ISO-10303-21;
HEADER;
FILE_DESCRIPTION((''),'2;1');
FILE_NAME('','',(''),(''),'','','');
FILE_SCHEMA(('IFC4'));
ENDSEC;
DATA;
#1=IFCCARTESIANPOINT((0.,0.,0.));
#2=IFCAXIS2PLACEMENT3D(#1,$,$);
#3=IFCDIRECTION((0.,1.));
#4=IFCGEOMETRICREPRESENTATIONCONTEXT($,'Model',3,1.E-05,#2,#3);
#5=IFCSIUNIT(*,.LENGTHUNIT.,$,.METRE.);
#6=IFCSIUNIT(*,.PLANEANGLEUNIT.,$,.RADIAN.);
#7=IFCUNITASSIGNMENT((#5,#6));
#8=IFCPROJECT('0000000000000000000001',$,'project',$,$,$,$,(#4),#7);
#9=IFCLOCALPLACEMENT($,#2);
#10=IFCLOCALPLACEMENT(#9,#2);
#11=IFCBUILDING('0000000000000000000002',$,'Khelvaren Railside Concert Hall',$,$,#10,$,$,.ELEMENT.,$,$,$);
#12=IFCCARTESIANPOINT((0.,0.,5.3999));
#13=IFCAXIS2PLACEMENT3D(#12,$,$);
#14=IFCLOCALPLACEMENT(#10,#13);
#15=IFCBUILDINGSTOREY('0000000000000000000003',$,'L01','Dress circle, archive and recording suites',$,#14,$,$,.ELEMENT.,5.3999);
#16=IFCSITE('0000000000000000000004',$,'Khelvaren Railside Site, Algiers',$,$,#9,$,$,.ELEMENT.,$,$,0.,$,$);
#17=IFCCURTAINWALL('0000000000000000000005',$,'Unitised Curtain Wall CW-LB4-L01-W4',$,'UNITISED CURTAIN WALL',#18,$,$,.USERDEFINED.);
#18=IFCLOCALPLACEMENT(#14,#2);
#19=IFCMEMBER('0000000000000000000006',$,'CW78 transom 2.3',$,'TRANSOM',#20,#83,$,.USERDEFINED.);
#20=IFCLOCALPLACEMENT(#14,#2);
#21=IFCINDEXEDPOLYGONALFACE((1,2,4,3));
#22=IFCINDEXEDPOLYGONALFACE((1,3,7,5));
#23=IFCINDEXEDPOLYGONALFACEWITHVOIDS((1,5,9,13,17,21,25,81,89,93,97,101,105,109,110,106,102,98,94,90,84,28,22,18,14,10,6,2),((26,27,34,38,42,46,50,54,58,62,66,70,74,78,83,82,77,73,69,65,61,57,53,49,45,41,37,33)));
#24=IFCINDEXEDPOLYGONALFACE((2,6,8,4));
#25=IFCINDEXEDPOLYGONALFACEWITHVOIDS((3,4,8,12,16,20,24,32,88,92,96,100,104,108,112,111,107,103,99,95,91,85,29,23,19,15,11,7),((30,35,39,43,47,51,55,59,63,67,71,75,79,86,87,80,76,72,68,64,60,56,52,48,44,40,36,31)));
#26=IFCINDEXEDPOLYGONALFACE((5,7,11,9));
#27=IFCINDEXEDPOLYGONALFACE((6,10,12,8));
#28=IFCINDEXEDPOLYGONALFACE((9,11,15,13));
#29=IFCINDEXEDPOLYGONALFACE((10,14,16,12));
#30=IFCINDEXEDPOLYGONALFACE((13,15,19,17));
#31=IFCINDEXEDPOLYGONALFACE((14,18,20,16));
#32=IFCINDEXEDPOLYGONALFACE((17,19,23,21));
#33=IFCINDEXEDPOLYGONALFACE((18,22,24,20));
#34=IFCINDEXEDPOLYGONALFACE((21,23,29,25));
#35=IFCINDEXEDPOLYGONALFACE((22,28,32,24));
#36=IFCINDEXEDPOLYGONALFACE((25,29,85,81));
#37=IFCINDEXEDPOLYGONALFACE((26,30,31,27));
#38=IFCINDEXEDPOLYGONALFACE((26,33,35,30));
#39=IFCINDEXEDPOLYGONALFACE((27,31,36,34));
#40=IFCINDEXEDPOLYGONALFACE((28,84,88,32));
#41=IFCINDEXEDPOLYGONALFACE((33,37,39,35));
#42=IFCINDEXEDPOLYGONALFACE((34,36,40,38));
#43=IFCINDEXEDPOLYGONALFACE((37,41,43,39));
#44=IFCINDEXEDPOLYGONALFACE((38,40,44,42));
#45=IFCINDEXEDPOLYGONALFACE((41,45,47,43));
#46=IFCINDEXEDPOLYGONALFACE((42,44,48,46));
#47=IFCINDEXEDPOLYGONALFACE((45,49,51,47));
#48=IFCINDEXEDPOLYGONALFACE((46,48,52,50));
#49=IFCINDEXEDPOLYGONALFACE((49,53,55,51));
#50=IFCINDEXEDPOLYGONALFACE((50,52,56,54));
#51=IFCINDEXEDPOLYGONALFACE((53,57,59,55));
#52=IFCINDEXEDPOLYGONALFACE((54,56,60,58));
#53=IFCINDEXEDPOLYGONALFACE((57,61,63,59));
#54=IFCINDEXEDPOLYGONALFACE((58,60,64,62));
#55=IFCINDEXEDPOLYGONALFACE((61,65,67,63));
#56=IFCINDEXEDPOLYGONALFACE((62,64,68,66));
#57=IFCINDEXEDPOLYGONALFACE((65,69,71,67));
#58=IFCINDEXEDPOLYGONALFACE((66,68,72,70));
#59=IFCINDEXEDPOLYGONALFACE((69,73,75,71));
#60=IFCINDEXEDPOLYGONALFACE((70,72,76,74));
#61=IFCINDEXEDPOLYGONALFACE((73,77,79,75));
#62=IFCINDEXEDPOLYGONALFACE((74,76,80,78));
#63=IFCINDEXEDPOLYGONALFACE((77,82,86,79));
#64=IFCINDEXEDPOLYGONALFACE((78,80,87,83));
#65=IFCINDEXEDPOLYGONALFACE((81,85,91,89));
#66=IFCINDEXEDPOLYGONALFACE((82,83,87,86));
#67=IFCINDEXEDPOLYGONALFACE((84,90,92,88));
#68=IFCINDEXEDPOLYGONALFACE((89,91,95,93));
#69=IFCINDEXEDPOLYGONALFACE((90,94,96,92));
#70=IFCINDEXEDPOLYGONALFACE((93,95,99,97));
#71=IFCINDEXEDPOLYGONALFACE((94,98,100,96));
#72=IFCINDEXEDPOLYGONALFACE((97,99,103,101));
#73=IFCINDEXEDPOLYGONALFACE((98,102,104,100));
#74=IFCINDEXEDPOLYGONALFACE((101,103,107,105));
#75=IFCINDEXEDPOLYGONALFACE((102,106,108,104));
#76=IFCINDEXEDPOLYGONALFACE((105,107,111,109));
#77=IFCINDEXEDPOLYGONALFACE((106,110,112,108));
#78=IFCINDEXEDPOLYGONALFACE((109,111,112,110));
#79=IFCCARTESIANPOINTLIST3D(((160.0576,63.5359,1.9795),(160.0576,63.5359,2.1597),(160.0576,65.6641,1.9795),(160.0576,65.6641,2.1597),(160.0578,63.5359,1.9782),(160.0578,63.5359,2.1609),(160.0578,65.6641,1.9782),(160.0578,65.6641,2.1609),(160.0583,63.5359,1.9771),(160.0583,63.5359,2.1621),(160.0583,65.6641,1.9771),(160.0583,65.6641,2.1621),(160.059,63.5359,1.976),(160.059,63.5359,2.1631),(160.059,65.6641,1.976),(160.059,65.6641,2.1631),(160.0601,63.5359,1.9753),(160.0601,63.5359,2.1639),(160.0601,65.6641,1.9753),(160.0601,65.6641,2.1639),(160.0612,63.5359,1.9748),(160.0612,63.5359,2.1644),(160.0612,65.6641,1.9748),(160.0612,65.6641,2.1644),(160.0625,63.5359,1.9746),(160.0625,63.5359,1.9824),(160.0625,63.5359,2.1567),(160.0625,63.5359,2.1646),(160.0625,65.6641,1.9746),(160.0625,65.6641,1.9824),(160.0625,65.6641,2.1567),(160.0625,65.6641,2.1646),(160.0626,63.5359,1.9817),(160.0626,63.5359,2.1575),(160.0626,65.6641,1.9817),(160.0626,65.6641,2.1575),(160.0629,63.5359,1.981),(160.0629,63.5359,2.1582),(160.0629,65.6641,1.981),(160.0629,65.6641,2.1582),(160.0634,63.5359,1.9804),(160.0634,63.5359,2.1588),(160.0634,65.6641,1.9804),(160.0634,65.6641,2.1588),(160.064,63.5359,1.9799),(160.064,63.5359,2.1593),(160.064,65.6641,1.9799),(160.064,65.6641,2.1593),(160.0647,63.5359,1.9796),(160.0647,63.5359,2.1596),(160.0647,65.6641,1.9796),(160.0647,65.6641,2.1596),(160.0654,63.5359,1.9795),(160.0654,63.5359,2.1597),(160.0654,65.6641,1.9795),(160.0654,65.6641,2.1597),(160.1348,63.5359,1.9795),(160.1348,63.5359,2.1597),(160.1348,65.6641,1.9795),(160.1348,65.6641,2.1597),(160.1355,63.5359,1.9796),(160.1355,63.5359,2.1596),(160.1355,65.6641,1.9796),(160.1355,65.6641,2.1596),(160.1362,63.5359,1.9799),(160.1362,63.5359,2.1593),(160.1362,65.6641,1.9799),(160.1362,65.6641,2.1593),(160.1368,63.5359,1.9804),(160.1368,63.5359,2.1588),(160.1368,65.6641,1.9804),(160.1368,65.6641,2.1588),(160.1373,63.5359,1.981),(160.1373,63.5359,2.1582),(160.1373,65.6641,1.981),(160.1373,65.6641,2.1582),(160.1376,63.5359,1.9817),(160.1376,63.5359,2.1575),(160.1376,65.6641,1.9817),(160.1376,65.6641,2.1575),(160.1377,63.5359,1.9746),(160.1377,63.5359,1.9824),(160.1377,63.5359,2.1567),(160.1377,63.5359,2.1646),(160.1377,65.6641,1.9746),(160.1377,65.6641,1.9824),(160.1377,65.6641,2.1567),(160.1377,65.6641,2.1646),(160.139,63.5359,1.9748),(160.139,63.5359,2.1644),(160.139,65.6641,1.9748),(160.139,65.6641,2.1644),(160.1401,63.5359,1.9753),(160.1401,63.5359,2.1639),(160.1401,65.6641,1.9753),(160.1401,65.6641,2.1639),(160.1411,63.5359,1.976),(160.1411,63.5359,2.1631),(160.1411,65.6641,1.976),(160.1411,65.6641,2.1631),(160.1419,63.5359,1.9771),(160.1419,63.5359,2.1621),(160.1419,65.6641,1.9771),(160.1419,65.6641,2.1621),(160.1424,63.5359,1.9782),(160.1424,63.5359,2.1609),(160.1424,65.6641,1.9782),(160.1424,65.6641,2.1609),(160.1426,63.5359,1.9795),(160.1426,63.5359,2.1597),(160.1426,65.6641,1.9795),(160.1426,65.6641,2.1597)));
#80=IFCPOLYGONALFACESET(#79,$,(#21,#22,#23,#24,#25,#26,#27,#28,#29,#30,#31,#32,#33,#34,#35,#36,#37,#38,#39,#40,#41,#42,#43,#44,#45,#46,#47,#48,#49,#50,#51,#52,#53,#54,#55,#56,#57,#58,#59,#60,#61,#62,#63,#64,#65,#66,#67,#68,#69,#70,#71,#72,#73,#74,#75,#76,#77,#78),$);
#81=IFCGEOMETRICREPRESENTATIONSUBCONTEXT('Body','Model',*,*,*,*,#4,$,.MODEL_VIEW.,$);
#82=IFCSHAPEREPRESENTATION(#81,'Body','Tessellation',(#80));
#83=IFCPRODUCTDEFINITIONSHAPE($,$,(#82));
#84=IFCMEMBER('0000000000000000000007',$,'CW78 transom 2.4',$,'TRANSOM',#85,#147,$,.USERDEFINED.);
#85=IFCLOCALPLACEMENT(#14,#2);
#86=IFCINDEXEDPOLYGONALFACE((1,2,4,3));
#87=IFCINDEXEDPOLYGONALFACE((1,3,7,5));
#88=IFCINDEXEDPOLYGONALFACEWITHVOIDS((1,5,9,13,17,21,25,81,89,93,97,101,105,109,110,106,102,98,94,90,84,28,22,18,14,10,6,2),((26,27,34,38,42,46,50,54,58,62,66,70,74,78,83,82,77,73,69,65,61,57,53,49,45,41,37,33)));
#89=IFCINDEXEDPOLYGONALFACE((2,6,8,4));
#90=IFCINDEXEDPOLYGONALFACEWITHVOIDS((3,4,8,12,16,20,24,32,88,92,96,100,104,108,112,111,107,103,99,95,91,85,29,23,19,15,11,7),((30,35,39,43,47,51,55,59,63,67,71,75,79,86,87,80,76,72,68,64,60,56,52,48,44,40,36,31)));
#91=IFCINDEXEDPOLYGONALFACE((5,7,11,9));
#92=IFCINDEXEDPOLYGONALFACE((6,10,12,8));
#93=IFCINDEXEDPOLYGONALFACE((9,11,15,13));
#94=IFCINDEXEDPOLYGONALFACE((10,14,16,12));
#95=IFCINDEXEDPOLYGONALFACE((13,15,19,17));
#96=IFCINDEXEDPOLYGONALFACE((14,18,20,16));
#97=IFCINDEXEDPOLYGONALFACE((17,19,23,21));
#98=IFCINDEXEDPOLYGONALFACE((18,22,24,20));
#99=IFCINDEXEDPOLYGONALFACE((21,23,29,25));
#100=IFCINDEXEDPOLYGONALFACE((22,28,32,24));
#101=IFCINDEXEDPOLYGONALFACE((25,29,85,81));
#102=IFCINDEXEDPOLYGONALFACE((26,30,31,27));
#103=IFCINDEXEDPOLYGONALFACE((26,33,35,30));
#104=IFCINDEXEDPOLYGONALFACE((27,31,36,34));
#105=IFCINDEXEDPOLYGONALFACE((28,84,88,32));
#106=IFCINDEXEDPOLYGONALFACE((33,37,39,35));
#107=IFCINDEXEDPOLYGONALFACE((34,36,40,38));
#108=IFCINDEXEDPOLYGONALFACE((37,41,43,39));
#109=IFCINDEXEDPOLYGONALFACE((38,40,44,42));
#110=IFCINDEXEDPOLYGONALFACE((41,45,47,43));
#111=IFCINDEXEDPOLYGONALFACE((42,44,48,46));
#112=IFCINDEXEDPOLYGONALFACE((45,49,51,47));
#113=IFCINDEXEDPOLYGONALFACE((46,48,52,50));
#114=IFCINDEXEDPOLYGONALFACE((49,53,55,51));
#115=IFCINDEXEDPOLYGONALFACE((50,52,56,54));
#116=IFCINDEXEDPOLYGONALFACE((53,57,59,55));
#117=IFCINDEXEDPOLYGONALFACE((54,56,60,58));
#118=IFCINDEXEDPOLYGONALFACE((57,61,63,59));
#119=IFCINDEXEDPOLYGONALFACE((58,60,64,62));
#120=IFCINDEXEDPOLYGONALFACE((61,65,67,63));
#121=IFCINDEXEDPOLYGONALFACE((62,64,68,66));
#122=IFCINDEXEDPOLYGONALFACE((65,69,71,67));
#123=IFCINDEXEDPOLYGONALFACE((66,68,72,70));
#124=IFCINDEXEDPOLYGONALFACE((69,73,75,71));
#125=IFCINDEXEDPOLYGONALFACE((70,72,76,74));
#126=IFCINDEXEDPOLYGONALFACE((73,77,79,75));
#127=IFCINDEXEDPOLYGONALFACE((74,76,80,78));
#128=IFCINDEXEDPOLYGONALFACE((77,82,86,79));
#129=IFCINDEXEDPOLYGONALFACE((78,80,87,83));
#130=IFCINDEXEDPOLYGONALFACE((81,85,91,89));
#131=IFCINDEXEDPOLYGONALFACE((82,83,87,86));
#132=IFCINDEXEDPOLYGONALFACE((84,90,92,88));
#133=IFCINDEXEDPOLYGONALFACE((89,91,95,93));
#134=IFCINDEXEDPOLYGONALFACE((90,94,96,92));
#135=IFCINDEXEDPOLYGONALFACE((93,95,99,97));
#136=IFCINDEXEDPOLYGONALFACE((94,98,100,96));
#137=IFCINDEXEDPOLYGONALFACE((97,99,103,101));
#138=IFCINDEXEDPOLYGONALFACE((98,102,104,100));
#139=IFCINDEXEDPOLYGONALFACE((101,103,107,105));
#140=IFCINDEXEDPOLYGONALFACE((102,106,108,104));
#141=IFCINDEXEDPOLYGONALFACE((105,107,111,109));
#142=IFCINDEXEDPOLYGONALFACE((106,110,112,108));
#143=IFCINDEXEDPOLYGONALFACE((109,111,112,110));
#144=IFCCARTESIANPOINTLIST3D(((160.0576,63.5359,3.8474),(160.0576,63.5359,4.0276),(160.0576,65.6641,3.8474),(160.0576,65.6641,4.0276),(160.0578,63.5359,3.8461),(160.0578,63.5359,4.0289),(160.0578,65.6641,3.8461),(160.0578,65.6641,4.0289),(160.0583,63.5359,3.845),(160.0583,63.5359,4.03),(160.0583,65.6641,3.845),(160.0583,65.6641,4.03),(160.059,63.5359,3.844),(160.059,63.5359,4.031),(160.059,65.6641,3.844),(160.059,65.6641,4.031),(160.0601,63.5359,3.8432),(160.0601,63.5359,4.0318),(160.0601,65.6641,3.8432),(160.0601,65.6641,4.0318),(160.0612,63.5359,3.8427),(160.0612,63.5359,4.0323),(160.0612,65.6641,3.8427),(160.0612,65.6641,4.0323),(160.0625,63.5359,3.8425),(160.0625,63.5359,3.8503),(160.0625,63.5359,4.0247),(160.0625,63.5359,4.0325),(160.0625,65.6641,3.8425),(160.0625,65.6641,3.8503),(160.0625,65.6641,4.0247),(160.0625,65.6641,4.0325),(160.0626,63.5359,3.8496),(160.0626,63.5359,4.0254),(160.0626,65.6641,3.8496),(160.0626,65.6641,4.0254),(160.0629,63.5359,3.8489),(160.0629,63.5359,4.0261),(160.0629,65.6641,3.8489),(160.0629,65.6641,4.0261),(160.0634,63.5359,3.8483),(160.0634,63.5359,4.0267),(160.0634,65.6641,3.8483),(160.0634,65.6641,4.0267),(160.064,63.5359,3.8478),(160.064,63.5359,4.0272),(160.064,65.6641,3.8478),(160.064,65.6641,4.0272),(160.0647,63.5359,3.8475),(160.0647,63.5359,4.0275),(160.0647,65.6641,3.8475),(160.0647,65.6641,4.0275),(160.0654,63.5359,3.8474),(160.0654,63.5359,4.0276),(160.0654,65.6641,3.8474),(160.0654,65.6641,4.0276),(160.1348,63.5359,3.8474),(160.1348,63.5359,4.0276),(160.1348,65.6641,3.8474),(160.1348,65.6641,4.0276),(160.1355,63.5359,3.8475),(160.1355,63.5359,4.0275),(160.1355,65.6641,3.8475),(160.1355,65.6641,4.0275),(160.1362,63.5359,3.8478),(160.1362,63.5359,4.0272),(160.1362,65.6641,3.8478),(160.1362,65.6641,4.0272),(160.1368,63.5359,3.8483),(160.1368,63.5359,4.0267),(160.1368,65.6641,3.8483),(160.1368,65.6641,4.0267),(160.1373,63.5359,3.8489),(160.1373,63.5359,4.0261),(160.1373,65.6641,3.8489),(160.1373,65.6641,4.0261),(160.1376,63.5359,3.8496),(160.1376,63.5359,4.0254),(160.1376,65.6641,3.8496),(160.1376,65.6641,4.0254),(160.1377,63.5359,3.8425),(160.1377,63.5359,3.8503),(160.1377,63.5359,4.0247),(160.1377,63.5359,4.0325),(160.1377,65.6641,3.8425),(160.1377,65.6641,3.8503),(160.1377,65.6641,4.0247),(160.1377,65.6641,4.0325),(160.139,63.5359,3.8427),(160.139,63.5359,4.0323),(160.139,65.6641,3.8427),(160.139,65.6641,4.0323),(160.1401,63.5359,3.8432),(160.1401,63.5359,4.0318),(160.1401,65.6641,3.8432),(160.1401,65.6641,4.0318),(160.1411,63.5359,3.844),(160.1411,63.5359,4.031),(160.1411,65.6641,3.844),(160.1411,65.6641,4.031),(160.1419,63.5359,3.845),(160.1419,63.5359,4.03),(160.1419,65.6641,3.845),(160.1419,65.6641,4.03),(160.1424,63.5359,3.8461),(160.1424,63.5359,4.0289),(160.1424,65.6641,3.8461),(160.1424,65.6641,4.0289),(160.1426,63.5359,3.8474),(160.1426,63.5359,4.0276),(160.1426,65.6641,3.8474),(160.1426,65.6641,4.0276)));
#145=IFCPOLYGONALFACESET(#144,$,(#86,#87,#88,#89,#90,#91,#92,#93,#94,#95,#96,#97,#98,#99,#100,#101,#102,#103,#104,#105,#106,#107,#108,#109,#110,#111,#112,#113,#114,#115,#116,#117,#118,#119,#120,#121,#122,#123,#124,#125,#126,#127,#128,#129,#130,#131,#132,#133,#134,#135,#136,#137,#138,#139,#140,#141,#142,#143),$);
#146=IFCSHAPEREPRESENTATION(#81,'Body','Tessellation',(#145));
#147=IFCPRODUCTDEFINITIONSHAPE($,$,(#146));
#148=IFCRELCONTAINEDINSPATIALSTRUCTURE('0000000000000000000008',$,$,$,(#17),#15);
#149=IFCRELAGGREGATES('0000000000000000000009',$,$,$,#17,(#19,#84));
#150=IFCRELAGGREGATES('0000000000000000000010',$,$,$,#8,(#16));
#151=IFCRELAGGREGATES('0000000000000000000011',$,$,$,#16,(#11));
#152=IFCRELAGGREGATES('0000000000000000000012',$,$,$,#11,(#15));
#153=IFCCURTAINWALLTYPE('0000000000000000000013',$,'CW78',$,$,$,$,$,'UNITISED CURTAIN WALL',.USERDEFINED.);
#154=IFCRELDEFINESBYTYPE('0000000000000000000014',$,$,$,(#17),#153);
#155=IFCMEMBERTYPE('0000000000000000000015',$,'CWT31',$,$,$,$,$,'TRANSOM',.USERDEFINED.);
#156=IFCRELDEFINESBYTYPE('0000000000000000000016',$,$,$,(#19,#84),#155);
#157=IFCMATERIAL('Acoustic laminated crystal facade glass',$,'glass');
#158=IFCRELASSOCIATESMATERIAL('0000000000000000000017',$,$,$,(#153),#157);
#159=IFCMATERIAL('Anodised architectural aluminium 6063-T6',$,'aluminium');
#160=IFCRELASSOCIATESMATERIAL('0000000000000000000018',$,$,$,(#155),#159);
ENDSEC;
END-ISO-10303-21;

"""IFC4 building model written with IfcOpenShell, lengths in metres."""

from ifc_helpers import new_model, si_unit, direction, frame, origin, origin_2d, place, context, subcontext, project, spatial, hollow_rectangle, extrude, material, material_profile, profile_set, type_object, element, aggregate, save


model = new_model("IFC4")

# Units and contexts
model_context = context("Model", 3, precision=1e-05, world=origin(), true_north=direction((0.0, 1.0)))
body_context = subcontext(model_context, "Body", "Model", "MODEL_VIEW")
ifc_project = project(units=[si_unit("LENGTHUNIT", "METRE"), si_unit("PLANEANGLEUNIT", "RADIAN")], contexts=[model_context])

# Site, building, storey
site_placement = place(None, origin())
site = spatial("IfcSite", under=ifc_project, at=site_placement, Name="Khelvaren Railside Site, Algiers", CompositionType="ELEMENT", RefElevation=0.0)
building_placement = place(site_placement, origin())
building = spatial("IfcBuilding", under=site, at=building_placement, Name="Khelvaren Railside Concert Hall", CompositionType="ELEMENT")
storey_placement = place(building_placement, frame((0.0, 0.0, 5.3999)))
storey = spatial("IfcBuildingStorey", under=building, at=storey_placement, Name="L01", Description="Dress circle, archive and recording suites", CompositionType="ELEMENT", Elevation=5.3999)

# Shared definitions
ifc_material_1 = material(Name="Acoustic laminated crystal facade glass", Category="glass")
curtain_wall_type = type_object("IfcCurtainWallType", Name="CW78", ElementType="UNITISED CURTAIN WALL", PredefinedType="USERDEFINED", material=ifc_material_1)
ifc_material_2 = material(Name="Anodised architectural aluminium 6063-T6", Category="aluminium")

# Curtain wall, members
curtain_wall_1_placement = place(storey_placement, origin())
curtain_wall_1 = element("IfcCurtainWall", 1, at=curtain_wall_1_placement, inside=storey, type_object=curtain_wall_type, Name="Unitised Curtain Wall CW-LB4-L01-W4", ObjectType="UNITISED CURTAIN WALL", PredefinedType="USERDEFINED")
ifc_material_profile_1 = material_profile(ifc_material_2, hollow_rectangle(XDim=0.085, YDim=0.1899, WallThickness=0.0049, InnerFilletRadius=0.0029, OuterFilletRadius=0.0049, at=origin_2d()), Name="CWT 85x190x5")
ifc_profile_set_1 = profile_set([ifc_material_profile_1], Name="Anodised architectural aluminium 6063-T6")
member_type_1 = type_object("IfcMemberType", Name="CWT31", ElementType="TRANSOM", PredefinedType="USERDEFINED", material=ifc_profile_set_1)
member_1_placement = place(storey_placement, frame((160.1001, 63.5359, 2.0696), z_axis=(0.0, 1.0, 0.0), x_axis=(-1.0, 0.0, 0.0)))
member_1 = element("IfcMember", 2, at=member_1_placement, type_object=member_type_1, Name="CW78 transom 2.3", ObjectType="TRANSOM", PredefinedType="USERDEFINED", context=body_context, shape_type="SweptSolid", body=[
    extrude(hollow_rectangle(XDim=0.085, YDim=0.1899, WallThickness=0.0049, InnerFilletRadius=0.0029, OuterFilletRadius=0.0049, at=origin_2d()), origin(), (0.0, 0.0, 1.0), 2.1282),
])
member_2_placement = place(storey_placement, frame((160.1001, 63.5359, 3.9375), z_axis=(0.0, 1.0, 0.0), x_axis=(-1.0, 0.0, 0.0)))
member_2 = element("IfcMember", 3, at=member_2_placement, type_object=member_type_1, Name="CW78 transom 2.4", ObjectType="TRANSOM", PredefinedType="USERDEFINED", context=body_context, shape_type="SweptSolid", body=[
    extrude(hollow_rectangle(XDim=0.085, YDim=0.1899, WallThickness=0.0049, InnerFilletRadius=0.0029, OuterFilletRadius=0.0049, at=origin_2d()), origin(), (0.0, 0.0, 1.0), 2.1282),
])

aggregate(curtain_wall_1, [member_1, member_2])

save(model, "model.ifc")
